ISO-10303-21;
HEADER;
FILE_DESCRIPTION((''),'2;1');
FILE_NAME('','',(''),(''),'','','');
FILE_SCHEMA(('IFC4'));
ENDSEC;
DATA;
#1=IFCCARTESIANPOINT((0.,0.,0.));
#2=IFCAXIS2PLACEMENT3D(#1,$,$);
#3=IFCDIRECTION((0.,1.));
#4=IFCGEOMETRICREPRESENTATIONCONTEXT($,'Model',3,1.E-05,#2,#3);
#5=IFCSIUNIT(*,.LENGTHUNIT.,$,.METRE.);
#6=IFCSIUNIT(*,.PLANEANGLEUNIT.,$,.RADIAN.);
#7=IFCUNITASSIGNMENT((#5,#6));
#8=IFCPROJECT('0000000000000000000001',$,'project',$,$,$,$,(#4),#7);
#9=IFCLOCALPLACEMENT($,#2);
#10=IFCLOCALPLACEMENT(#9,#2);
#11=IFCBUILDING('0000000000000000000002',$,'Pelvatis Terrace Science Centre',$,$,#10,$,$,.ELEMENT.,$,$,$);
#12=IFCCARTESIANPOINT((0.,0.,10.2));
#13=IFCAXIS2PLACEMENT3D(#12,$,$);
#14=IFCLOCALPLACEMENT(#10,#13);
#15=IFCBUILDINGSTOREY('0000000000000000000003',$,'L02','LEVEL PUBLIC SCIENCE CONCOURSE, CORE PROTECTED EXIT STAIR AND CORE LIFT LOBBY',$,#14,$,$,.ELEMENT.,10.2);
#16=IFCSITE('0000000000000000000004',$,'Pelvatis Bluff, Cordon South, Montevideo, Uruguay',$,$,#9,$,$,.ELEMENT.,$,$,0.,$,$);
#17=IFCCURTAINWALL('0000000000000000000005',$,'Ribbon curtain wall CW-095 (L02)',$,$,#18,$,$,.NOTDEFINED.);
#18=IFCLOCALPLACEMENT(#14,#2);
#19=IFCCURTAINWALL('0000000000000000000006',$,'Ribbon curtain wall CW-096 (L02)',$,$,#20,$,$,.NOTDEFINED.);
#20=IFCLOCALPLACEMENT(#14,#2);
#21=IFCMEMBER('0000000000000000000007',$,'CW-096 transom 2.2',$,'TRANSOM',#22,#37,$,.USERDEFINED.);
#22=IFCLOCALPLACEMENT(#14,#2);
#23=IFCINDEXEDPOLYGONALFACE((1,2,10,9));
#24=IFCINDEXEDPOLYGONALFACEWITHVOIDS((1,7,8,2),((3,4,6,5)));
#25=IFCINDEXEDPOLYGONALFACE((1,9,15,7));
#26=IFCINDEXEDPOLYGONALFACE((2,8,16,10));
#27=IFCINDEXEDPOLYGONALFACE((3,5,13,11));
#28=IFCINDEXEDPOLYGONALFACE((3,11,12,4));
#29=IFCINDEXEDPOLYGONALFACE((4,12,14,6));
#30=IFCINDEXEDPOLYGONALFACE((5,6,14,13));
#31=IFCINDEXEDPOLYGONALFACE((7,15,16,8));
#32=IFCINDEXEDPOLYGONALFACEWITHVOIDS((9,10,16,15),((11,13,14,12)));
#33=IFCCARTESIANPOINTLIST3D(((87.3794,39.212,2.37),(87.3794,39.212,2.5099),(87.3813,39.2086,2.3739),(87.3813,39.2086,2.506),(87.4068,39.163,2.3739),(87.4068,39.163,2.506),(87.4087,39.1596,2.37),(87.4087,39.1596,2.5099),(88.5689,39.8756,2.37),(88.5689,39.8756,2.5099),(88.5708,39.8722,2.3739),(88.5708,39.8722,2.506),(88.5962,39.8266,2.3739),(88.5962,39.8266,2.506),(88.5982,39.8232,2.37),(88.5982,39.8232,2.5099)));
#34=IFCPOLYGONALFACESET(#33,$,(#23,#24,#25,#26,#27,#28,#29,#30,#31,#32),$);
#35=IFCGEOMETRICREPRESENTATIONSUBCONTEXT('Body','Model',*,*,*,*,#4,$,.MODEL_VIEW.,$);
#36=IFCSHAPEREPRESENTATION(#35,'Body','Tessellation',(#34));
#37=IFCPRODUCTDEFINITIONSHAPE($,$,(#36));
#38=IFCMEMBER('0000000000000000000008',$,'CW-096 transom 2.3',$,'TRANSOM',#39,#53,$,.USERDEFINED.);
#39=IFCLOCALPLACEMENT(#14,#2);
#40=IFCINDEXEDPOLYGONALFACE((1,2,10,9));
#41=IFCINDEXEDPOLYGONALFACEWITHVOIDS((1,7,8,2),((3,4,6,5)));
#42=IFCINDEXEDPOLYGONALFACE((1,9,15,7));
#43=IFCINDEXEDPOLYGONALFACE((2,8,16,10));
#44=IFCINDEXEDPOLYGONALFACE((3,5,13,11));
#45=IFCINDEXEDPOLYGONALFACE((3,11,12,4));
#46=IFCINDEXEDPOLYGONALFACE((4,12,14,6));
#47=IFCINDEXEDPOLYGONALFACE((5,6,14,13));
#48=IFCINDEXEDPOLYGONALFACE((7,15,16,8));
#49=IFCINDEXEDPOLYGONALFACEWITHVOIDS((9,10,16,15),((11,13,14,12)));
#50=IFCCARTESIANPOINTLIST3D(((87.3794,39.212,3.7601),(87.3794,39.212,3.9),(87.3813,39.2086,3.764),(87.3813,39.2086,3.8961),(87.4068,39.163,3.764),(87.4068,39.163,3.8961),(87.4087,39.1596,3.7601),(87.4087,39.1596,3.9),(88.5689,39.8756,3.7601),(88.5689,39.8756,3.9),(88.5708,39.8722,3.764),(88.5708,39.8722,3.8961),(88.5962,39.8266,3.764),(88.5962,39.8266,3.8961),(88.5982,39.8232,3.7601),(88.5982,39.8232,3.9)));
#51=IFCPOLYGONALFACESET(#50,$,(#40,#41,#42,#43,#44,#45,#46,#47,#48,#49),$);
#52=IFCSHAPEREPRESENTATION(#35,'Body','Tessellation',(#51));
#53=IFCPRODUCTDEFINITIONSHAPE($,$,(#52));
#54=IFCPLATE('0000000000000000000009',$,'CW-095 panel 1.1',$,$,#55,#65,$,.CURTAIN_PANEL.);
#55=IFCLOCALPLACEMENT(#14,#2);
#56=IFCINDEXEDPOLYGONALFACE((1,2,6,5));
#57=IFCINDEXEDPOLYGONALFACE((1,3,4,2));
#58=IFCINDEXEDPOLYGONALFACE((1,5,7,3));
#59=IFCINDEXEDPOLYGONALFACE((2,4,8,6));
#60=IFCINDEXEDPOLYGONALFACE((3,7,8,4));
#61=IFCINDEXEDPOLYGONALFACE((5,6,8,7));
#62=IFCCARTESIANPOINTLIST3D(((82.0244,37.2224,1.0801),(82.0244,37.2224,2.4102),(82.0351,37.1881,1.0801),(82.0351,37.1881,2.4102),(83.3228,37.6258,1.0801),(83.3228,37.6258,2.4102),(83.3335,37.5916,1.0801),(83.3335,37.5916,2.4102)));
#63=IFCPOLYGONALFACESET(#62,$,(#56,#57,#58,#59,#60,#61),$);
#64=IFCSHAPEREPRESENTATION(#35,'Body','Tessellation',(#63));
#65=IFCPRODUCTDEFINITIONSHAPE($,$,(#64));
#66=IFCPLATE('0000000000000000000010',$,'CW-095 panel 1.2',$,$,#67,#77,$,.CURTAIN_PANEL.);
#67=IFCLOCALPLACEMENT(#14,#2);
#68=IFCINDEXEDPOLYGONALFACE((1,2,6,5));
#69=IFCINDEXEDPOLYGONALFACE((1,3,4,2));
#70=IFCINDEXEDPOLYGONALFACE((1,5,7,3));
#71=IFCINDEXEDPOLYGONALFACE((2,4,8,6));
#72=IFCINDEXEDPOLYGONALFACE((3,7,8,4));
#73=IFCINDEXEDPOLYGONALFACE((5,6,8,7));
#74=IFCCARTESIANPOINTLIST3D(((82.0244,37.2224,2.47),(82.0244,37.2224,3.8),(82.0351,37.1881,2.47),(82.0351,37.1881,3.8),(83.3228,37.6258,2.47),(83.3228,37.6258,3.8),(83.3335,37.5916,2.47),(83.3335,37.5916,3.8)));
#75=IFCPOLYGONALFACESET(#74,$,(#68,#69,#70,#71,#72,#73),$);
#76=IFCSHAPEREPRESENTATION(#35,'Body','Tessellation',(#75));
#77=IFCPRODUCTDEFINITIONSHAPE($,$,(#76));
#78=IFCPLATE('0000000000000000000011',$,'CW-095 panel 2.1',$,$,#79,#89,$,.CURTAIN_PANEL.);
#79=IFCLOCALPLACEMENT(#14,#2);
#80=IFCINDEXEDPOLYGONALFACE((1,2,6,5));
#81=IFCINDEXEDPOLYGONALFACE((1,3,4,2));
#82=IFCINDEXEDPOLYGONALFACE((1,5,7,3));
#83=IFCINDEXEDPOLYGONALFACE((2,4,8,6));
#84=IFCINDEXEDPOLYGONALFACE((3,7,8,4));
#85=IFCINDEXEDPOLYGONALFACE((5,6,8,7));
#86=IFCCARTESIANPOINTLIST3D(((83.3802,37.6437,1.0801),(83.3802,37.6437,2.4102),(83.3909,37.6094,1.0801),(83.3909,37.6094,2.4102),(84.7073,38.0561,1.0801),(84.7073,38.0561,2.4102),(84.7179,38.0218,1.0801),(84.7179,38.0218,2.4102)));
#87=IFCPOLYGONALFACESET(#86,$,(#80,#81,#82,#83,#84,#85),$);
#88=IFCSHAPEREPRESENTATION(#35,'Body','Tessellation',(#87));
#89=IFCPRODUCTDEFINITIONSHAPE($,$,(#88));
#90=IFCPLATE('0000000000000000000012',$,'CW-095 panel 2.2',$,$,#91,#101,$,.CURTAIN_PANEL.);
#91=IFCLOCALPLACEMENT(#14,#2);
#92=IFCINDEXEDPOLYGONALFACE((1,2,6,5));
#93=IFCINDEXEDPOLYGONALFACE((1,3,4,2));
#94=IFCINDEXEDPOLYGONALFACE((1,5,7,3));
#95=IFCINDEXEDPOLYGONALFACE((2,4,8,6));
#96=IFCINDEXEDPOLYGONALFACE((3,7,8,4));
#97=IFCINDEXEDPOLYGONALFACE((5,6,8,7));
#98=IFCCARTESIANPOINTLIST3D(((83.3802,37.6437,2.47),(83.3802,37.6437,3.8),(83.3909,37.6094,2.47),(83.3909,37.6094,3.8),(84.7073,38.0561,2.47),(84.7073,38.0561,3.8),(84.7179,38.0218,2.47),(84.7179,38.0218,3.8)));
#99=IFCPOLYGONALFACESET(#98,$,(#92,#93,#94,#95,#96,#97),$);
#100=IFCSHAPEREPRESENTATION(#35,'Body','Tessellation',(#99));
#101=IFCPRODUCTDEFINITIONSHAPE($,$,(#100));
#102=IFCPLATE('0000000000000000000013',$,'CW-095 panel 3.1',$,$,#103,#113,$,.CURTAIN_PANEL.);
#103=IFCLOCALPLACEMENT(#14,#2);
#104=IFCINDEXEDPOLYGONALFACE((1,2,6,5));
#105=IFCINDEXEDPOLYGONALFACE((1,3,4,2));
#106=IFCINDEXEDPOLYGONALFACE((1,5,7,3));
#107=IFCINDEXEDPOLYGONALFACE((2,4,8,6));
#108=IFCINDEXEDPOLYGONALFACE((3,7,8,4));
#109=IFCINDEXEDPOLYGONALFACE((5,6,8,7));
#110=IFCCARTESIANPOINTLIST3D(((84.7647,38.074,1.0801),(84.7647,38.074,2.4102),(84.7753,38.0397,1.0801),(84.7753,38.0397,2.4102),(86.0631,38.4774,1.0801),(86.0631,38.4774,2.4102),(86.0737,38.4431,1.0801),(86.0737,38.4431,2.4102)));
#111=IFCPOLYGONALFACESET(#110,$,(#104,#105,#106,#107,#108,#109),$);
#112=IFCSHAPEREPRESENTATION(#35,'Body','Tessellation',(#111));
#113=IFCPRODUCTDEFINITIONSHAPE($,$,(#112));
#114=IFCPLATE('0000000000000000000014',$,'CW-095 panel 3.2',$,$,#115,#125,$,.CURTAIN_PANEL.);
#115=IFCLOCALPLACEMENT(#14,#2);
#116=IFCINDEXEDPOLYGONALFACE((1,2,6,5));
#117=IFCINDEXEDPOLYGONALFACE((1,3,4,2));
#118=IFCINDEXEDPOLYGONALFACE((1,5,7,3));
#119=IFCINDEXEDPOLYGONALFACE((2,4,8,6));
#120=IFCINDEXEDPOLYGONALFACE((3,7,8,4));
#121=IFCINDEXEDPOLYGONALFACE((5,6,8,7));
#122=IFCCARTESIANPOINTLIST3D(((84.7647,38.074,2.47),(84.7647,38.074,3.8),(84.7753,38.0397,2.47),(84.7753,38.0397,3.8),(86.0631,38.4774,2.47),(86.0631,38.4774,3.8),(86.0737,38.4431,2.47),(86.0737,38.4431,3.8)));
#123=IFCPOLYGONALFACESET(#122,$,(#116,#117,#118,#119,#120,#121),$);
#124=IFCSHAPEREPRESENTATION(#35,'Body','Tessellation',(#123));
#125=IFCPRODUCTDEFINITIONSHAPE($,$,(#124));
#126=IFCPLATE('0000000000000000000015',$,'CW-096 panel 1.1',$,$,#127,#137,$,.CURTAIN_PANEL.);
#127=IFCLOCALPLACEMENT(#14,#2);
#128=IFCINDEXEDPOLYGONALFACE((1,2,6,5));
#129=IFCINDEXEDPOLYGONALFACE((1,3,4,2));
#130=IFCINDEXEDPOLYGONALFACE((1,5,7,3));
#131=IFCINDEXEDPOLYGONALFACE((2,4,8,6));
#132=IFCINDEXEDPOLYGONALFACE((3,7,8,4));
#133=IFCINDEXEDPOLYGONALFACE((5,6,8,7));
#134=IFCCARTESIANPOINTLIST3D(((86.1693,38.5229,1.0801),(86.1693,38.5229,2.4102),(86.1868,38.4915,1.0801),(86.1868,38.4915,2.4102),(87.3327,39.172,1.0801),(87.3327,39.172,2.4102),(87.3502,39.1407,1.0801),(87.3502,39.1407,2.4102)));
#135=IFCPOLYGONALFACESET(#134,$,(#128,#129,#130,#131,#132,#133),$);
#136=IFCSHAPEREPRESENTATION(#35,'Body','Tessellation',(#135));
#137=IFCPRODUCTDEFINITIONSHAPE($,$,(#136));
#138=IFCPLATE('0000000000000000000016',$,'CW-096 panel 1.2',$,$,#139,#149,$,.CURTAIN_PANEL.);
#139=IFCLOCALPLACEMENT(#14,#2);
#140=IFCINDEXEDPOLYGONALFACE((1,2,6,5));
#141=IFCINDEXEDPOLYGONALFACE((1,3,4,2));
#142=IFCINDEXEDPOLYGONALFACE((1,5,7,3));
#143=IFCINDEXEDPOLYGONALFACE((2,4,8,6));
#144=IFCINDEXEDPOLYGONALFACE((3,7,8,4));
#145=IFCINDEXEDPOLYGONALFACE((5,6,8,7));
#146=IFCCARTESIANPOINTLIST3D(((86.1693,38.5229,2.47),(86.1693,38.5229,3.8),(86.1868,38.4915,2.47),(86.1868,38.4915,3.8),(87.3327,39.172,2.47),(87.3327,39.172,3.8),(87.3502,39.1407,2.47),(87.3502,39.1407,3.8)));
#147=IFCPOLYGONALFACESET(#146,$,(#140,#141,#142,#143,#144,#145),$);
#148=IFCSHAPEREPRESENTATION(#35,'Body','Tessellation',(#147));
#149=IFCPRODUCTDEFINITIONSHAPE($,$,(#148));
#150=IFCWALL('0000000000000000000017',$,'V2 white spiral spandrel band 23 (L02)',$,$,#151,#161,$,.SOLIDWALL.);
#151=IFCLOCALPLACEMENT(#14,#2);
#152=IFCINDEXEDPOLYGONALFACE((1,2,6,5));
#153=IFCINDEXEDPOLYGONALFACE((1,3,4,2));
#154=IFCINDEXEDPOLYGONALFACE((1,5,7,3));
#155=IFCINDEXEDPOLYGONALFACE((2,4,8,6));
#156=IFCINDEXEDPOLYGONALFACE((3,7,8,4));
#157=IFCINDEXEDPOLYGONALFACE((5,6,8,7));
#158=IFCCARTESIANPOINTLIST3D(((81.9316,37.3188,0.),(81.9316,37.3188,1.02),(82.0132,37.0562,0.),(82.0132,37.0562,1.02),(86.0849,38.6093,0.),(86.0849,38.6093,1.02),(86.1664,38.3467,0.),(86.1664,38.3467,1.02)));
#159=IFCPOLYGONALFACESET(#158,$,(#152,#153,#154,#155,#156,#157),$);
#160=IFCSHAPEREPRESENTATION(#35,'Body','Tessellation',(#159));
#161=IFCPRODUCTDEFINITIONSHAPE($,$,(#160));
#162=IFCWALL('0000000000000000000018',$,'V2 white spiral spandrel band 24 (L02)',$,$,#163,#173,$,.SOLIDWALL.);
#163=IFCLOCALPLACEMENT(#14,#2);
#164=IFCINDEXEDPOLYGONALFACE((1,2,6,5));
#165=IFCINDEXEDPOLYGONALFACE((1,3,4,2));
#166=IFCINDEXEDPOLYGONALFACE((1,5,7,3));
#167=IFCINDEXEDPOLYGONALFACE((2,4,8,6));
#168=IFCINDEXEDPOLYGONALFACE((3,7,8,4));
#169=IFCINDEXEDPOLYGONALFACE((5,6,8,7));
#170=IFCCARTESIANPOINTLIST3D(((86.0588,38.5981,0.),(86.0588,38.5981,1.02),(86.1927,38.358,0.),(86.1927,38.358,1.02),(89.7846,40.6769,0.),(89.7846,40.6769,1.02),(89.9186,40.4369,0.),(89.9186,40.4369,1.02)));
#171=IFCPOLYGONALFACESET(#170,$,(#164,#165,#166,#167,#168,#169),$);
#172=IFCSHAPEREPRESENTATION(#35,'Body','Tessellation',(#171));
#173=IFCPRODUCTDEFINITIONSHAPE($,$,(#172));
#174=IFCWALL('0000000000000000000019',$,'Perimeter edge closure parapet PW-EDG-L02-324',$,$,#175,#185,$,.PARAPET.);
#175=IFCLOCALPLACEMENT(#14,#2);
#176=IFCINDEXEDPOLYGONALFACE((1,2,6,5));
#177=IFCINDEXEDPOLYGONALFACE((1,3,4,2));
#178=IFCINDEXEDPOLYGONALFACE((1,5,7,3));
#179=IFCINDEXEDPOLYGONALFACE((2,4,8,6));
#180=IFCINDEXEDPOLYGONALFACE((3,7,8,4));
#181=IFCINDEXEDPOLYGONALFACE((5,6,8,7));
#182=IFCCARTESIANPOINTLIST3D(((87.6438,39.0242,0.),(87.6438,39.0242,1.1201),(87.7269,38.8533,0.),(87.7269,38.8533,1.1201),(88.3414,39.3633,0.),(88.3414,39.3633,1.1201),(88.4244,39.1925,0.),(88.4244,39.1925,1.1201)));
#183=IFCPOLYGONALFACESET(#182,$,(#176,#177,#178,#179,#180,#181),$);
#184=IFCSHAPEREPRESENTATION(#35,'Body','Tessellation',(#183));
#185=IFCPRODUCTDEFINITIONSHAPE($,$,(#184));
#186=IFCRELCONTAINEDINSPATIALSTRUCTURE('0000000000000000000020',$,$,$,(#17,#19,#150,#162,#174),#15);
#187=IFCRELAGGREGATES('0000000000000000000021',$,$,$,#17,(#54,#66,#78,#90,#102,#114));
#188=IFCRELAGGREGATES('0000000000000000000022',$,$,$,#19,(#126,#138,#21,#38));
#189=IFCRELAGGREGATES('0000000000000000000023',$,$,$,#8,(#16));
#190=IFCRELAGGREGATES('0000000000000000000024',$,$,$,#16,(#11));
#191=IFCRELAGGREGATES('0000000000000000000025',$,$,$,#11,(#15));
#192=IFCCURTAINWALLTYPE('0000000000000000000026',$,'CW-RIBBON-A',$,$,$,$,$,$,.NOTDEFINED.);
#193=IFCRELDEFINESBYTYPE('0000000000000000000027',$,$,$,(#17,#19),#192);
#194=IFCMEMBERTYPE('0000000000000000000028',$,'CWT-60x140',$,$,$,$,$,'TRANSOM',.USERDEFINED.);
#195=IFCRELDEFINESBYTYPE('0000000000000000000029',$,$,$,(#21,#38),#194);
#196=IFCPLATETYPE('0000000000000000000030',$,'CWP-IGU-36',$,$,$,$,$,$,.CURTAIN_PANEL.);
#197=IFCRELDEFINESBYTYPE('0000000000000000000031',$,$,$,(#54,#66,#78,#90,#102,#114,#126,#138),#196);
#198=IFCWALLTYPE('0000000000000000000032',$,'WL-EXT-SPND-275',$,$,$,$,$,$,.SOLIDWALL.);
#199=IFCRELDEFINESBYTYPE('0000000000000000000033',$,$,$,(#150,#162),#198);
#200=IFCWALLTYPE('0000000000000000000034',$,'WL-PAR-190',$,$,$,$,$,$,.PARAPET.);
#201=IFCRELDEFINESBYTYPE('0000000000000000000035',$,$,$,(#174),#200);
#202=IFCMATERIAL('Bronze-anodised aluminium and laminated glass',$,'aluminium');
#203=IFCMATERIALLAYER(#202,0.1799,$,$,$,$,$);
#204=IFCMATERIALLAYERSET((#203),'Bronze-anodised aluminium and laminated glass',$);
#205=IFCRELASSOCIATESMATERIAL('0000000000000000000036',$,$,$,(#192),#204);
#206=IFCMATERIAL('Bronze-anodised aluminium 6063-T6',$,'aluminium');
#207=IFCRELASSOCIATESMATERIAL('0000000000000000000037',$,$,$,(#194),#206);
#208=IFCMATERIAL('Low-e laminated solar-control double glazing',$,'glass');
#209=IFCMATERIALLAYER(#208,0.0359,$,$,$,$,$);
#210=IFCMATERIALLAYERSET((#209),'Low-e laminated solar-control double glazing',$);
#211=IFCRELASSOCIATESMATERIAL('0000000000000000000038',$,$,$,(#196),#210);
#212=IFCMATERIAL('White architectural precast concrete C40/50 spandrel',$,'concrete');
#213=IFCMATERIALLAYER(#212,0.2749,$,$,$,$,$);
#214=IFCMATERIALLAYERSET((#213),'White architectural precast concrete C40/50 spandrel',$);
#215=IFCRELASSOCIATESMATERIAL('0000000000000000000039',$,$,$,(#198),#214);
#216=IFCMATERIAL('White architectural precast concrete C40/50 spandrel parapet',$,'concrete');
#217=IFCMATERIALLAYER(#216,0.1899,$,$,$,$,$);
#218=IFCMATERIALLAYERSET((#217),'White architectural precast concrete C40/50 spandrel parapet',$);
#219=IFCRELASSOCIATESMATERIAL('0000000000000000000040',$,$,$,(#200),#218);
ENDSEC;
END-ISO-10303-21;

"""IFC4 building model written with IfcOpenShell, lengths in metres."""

from ifc_helpers import new_model, si_unit, direction, frame, frame_2d, origin, origin_2d, place, context, subcontext, project, spatial, rectangle, hollow_rectangle, extrude, material, layer, layer_set, material_profile, profile_set, type_object, element, aggregate, save


model = new_model("IFC4")

# Units and contexts
model_context = context("Model", 3, precision=1e-05, world=origin(), true_north=direction((0.0, 1.0)))
body_context = subcontext(model_context, "Body", "Model", "MODEL_VIEW")
ifc_project = project(units=[si_unit("LENGTHUNIT", "METRE"), si_unit("PLANEANGLEUNIT", "RADIAN")], contexts=[model_context])

# Site, building, storey
site_placement = place(None, origin())
site = spatial("IfcSite", under=ifc_project, at=site_placement, Name="Pelvatis Bluff, Cordon South, Montevideo, Uruguay", CompositionType="ELEMENT", RefElevation=0.0)
building_placement = place(site_placement, origin())
building = spatial("IfcBuilding", under=site, at=building_placement, Name="Pelvatis Terrace Science Centre", CompositionType="ELEMENT")
storey_placement = place(building_placement, frame((0.0, 0.0, 10.2)))
storey = spatial("IfcBuildingStorey", under=building, at=storey_placement, Name="L02", Description="LEVEL PUBLIC SCIENCE CONCOURSE, CORE PROTECTED EXIT STAIR AND CORE LIFT LOBBY", CompositionType="ELEMENT", Elevation=10.2)

# Curtain walls
ifc_material_1 = material(Name="Bronze-anodised aluminium and laminated glass", Category="aluminium")
ifc_layer_1 = layer(ifc_material_1, 0.1799)
ifc_layer_set_1 = layer_set([ifc_layer_1], Name="Bronze-anodised aluminium and laminated glass")
curtain_wall_type = type_object("IfcCurtainWallType", Name="CW-RIBBON-A", PredefinedType="NOTDEFINED", material=ifc_layer_set_1)
curtain_wall_1_placement = place(storey_placement, origin())
curtain_wall_1 = element("IfcCurtainWall", 1, at=curtain_wall_1_placement, inside=storey, type_object=curtain_wall_type, Name="Ribbon curtain wall CW-095 (L02)", PredefinedType="NOTDEFINED")
curtain_wall_2_placement = place(storey_placement, origin())
curtain_wall_2 = element("IfcCurtainWall", 2, at=curtain_wall_2_placement, inside=storey, type_object=curtain_wall_type, Name="Ribbon curtain wall CW-096 (L02)", PredefinedType="NOTDEFINED")

# Members
ifc_material_2 = material(Name="Bronze-anodised aluminium 6063-T6", Category="aluminium")
ifc_material_profile_1 = material_profile(ifc_material_2, hollow_rectangle(XDim=0.0601, YDim=0.1399, WallThickness=0.0039, at=origin_2d()), Name="ALU-TRN 60x140")
ifc_profile_set_1 = profile_set([ifc_material_profile_1], Name="Bronze-anodised aluminium 6063-T6")
member_type_1 = type_object("IfcMemberType", Name="CWT-60x140", ElementType="TRANSOM", PredefinedType="USERDEFINED", material=ifc_profile_set_1)
member_1_placement = place(storey_placement, frame((87.394, 39.1858, 2.4399), z_axis=(0.873293, 0.487195, 0.0), x_axis=(-0.487195, 0.873293, 0.0)))
member_1 = element("IfcMember", 3, at=member_1_placement, type_object=member_type_1, Name="CW-096 transom 2.2", ObjectType="TRANSOM", PredefinedType="USERDEFINED", context=body_context, shape_type="SweptSolid", body=[
    extrude(hollow_rectangle(XDim=0.0601, YDim=0.1399, WallThickness=0.0039, at=origin_2d()), origin(), (0.0, 0.0, 1.0), 1.3621),
])
member_2_placement = place(storey_placement, frame((87.394, 39.1858, 3.8301), z_axis=(0.873293, 0.487195, 0.0), x_axis=(-0.487195, 0.873293, 0.0)))
member_2 = element("IfcMember", 4, at=member_2_placement, type_object=member_type_1, Name="CW-096 transom 2.3", ObjectType="TRANSOM", PredefinedType="USERDEFINED", context=body_context, shape_type="SweptSolid", body=[
    extrude(hollow_rectangle(XDim=0.0601, YDim=0.1399, WallThickness=0.0039, at=origin_2d()), origin(), (0.0, 0.0, 1.0), 1.3621),
])

# Plates
ifc_material_3 = material(Name="Low-e laminated solar-control double glazing", Category="glass")
ifc_layer_2 = layer(ifc_material_3, 0.0359)
ifc_layer_set_2 = layer_set([ifc_layer_2], Name="Low-e laminated solar-control double glazing")
plate_type = type_object("IfcPlateType", Name="CWP-IGU-36", PredefinedType="CURTAIN_PANEL", material=ifc_layer_set_2)
plate_1_placement = place(storey_placement, frame((82.679, 37.407, 1.0801), z_axis=(0.0, 0.0, 1.0), x_axis=(0.954957, 0.296744, 0.0)))
plate_1 = element("IfcPlate", 5, at=plate_1_placement, type_object=plate_type, Name="CW-095 panel 1.1", PredefinedType="CURTAIN_PANEL", context=body_context, shape_type="SweptSolid", body=[
    extrude(rectangle(XDim=1.3596, YDim=0.0359, at=origin_2d()), origin(), (0.0, 0.0, 1.0), 1.3301),
])
plate_2_placement = place(storey_placement, frame((82.679, 37.407, 2.47), z_axis=(0.0, 0.0, 1.0), x_axis=(0.954957, 0.296744, 0.0)))
plate_2 = element("IfcPlate", 6, at=plate_2_placement, type_object=plate_type, Name="CW-095 panel 1.2", PredefinedType="CURTAIN_PANEL", context=body_context, shape_type="SweptSolid", body=[
    extrude(rectangle(XDim=1.3596, YDim=0.0359, at=origin_2d()), origin(), (0.0, 0.0, 1.0), 1.3301),
])
plate_3_placement = place(storey_placement, frame((84.0491, 37.8328, 1.0801), z_axis=(0.0, 0.0, 1.0), x_axis=(0.954957, 0.296744, 0.0)))
plate_3 = element("IfcPlate", 7, at=plate_3_placement, type_object=plate_type, Name="CW-095 panel 2.1", PredefinedType="CURTAIN_PANEL", context=body_context, shape_type="SweptSolid", body=[
    extrude(rectangle(XDim=1.3896, YDim=0.0359, at=origin_2d()), origin(), (0.0, 0.0, 1.0), 1.3301),
])
plate_4_placement = place(storey_placement, frame((84.0491, 37.8328, 2.47), z_axis=(0.0, 0.0, 1.0), x_axis=(0.954957, 0.296744, 0.0)))
plate_4 = element("IfcPlate", 8, at=plate_4_placement, type_object=plate_type, Name="CW-095 panel 2.2", PredefinedType="CURTAIN_PANEL", context=body_context, shape_type="SweptSolid", body=[
    extrude(rectangle(XDim=1.3896, YDim=0.0359, at=origin_2d()), origin(), (0.0, 0.0, 1.0), 1.3301),
])
plate_5_placement = place(storey_placement, frame((85.4192, 38.2585, 1.0801), z_axis=(0.0, 0.0, 1.0), x_axis=(0.954957, 0.296744, 0.0)))
plate_5 = element("IfcPlate", 9, at=plate_5_placement, type_object=plate_type, Name="CW-095 panel 3.1", PredefinedType="CURTAIN_PANEL", context=body_context, shape_type="SweptSolid", body=[
    extrude(rectangle(XDim=1.3596, YDim=0.0359, at=origin_2d()), origin(), (0.0, 0.0, 1.0), 1.3301),
])
plate_6_placement = place(storey_placement, frame((85.4192, 38.2585, 2.47), z_axis=(0.0, 0.0, 1.0), x_axis=(0.954957, 0.296744, 0.0)))
plate_6 = element("IfcPlate", 10, at=plate_6_placement, type_object=plate_type, Name="CW-095 panel 3.2", PredefinedType="CURTAIN_PANEL", context=body_context, shape_type="SweptSolid", body=[
    extrude(rectangle(XDim=1.3596, YDim=0.0359, at=origin_2d()), origin(), (0.0, 0.0, 1.0), 1.3301),
])
aggregate(curtain_wall_1, [plate_1, plate_2, plate_3, plate_4, plate_5, plate_6])
plate_7_placement = place(storey_placement, frame((86.7598, 38.8318, 1.0801), z_axis=(0.0, 0.0, 1.0), x_axis=(0.873259, 0.487256, 0.0)))
plate_7 = element("IfcPlate", 11, at=plate_7_placement, type_object=plate_type, Name="CW-096 panel 1.1", PredefinedType="CURTAIN_PANEL", context=body_context, shape_type="SweptSolid", body=[
    extrude(rectangle(XDim=1.3323, YDim=0.0359, at=origin_2d()), origin(), (0.0, 0.0, 1.0), 1.3301),
])
plate_8_placement = place(storey_placement, frame((86.7598, 38.8318, 2.47), z_axis=(0.0, 0.0, 1.0), x_axis=(0.873259, 0.487256, 0.0)))
plate_8 = element("IfcPlate", 12, at=plate_8_placement, type_object=plate_type, Name="CW-096 panel 1.2", PredefinedType="CURTAIN_PANEL", context=body_context, shape_type="SweptSolid", body=[
    extrude(rectangle(XDim=1.3323, YDim=0.0359, at=origin_2d()), origin(), (0.0, 0.0, 1.0), 1.3301),
])
aggregate(curtain_wall_2, [plate_7, plate_8, member_1, member_2])

# Walls
ifc_material_4 = material(Name="White architectural precast concrete C40/50 spandrel", Category="concrete")
ifc_layer_3 = layer(ifc_material_4, 0.2749)
ifc_layer_set_3 = layer_set([ifc_layer_3], Name="White architectural precast concrete C40/50 spandrel")
wall_type_1 = type_object("IfcWallType", Name="WL-EXT-SPND-275", PredefinedType="SOLIDWALL", material=ifc_layer_set_3)
wall_1_placement = place(storey_placement, frame((81.9724, 37.1875, 0.0), z_axis=(0.0, 0.0, 1.0), x_axis=(0.954962, 0.296728, 0.0)))
element("IfcWall", 13, at=wall_1_placement, inside=storey, type_object=wall_type_1, Name="V2 white spiral spandrel band 23 (L02)", PredefinedType="SOLIDWALL", context=body_context, shape_type="SweptSolid", body=[
    extrude(rectangle(XDim=4.3491, YDim=0.2749, at=frame_2d((2.1746, 0.0))), origin(), (0.0, 0.0, 1.0), 1.02),
])
wall_2_placement = place(storey_placement, frame((86.1257, 38.478, 0.0), z_axis=(0.0, 0.0, 1.0), x_axis=(0.873265, 0.487245, 0.0)))
element("IfcWall", 14, at=wall_2_placement, inside=storey, type_object=wall_type_1, Name="V2 white spiral spandrel band 24 (L02)", PredefinedType="SOLIDWALL", context=body_context, shape_type="SweptSolid", body=[
    extrude(rectangle(XDim=4.2666, YDim=0.2749, at=frame_2d((2.1333, 0.0))), origin(), (0.0, 0.0, 1.0), 1.02),
])
ifc_material_5 = material(Name="White architectural precast concrete C40/50 spandrel parapet", Category="concrete")
ifc_layer_4 = layer(ifc_material_5, 0.1899)
ifc_layer_set_4 = layer_set([ifc_layer_4], Name="White architectural precast concrete C40/50 spandrel parapet")
wall_type_2 = type_object("IfcWallType", Name="WL-PAR-190", PredefinedType="PARAPET", material=ifc_layer_set_4)
wall_3_placement = place(storey_placement, frame((88.3828, 39.2778, 0.0), z_axis=(0.0, 0.0, 1.0), x_axis=(-0.899346, -0.437239, 0.0)))
element("IfcWall", 15, at=wall_3_placement, inside=storey, type_object=wall_type_2, Name="Perimeter edge closure parapet PW-EDG-L02-324", PredefinedType="PARAPET", context=body_context, shape_type="SweptSolid", body=[
    extrude(rectangle(XDim=0.7756, YDim=0.1899, at=frame_2d((0.3877, 0.0))), origin(), (0.0, 0.0, 1.0), 1.1201),
])

save(model, "model.ifc")
